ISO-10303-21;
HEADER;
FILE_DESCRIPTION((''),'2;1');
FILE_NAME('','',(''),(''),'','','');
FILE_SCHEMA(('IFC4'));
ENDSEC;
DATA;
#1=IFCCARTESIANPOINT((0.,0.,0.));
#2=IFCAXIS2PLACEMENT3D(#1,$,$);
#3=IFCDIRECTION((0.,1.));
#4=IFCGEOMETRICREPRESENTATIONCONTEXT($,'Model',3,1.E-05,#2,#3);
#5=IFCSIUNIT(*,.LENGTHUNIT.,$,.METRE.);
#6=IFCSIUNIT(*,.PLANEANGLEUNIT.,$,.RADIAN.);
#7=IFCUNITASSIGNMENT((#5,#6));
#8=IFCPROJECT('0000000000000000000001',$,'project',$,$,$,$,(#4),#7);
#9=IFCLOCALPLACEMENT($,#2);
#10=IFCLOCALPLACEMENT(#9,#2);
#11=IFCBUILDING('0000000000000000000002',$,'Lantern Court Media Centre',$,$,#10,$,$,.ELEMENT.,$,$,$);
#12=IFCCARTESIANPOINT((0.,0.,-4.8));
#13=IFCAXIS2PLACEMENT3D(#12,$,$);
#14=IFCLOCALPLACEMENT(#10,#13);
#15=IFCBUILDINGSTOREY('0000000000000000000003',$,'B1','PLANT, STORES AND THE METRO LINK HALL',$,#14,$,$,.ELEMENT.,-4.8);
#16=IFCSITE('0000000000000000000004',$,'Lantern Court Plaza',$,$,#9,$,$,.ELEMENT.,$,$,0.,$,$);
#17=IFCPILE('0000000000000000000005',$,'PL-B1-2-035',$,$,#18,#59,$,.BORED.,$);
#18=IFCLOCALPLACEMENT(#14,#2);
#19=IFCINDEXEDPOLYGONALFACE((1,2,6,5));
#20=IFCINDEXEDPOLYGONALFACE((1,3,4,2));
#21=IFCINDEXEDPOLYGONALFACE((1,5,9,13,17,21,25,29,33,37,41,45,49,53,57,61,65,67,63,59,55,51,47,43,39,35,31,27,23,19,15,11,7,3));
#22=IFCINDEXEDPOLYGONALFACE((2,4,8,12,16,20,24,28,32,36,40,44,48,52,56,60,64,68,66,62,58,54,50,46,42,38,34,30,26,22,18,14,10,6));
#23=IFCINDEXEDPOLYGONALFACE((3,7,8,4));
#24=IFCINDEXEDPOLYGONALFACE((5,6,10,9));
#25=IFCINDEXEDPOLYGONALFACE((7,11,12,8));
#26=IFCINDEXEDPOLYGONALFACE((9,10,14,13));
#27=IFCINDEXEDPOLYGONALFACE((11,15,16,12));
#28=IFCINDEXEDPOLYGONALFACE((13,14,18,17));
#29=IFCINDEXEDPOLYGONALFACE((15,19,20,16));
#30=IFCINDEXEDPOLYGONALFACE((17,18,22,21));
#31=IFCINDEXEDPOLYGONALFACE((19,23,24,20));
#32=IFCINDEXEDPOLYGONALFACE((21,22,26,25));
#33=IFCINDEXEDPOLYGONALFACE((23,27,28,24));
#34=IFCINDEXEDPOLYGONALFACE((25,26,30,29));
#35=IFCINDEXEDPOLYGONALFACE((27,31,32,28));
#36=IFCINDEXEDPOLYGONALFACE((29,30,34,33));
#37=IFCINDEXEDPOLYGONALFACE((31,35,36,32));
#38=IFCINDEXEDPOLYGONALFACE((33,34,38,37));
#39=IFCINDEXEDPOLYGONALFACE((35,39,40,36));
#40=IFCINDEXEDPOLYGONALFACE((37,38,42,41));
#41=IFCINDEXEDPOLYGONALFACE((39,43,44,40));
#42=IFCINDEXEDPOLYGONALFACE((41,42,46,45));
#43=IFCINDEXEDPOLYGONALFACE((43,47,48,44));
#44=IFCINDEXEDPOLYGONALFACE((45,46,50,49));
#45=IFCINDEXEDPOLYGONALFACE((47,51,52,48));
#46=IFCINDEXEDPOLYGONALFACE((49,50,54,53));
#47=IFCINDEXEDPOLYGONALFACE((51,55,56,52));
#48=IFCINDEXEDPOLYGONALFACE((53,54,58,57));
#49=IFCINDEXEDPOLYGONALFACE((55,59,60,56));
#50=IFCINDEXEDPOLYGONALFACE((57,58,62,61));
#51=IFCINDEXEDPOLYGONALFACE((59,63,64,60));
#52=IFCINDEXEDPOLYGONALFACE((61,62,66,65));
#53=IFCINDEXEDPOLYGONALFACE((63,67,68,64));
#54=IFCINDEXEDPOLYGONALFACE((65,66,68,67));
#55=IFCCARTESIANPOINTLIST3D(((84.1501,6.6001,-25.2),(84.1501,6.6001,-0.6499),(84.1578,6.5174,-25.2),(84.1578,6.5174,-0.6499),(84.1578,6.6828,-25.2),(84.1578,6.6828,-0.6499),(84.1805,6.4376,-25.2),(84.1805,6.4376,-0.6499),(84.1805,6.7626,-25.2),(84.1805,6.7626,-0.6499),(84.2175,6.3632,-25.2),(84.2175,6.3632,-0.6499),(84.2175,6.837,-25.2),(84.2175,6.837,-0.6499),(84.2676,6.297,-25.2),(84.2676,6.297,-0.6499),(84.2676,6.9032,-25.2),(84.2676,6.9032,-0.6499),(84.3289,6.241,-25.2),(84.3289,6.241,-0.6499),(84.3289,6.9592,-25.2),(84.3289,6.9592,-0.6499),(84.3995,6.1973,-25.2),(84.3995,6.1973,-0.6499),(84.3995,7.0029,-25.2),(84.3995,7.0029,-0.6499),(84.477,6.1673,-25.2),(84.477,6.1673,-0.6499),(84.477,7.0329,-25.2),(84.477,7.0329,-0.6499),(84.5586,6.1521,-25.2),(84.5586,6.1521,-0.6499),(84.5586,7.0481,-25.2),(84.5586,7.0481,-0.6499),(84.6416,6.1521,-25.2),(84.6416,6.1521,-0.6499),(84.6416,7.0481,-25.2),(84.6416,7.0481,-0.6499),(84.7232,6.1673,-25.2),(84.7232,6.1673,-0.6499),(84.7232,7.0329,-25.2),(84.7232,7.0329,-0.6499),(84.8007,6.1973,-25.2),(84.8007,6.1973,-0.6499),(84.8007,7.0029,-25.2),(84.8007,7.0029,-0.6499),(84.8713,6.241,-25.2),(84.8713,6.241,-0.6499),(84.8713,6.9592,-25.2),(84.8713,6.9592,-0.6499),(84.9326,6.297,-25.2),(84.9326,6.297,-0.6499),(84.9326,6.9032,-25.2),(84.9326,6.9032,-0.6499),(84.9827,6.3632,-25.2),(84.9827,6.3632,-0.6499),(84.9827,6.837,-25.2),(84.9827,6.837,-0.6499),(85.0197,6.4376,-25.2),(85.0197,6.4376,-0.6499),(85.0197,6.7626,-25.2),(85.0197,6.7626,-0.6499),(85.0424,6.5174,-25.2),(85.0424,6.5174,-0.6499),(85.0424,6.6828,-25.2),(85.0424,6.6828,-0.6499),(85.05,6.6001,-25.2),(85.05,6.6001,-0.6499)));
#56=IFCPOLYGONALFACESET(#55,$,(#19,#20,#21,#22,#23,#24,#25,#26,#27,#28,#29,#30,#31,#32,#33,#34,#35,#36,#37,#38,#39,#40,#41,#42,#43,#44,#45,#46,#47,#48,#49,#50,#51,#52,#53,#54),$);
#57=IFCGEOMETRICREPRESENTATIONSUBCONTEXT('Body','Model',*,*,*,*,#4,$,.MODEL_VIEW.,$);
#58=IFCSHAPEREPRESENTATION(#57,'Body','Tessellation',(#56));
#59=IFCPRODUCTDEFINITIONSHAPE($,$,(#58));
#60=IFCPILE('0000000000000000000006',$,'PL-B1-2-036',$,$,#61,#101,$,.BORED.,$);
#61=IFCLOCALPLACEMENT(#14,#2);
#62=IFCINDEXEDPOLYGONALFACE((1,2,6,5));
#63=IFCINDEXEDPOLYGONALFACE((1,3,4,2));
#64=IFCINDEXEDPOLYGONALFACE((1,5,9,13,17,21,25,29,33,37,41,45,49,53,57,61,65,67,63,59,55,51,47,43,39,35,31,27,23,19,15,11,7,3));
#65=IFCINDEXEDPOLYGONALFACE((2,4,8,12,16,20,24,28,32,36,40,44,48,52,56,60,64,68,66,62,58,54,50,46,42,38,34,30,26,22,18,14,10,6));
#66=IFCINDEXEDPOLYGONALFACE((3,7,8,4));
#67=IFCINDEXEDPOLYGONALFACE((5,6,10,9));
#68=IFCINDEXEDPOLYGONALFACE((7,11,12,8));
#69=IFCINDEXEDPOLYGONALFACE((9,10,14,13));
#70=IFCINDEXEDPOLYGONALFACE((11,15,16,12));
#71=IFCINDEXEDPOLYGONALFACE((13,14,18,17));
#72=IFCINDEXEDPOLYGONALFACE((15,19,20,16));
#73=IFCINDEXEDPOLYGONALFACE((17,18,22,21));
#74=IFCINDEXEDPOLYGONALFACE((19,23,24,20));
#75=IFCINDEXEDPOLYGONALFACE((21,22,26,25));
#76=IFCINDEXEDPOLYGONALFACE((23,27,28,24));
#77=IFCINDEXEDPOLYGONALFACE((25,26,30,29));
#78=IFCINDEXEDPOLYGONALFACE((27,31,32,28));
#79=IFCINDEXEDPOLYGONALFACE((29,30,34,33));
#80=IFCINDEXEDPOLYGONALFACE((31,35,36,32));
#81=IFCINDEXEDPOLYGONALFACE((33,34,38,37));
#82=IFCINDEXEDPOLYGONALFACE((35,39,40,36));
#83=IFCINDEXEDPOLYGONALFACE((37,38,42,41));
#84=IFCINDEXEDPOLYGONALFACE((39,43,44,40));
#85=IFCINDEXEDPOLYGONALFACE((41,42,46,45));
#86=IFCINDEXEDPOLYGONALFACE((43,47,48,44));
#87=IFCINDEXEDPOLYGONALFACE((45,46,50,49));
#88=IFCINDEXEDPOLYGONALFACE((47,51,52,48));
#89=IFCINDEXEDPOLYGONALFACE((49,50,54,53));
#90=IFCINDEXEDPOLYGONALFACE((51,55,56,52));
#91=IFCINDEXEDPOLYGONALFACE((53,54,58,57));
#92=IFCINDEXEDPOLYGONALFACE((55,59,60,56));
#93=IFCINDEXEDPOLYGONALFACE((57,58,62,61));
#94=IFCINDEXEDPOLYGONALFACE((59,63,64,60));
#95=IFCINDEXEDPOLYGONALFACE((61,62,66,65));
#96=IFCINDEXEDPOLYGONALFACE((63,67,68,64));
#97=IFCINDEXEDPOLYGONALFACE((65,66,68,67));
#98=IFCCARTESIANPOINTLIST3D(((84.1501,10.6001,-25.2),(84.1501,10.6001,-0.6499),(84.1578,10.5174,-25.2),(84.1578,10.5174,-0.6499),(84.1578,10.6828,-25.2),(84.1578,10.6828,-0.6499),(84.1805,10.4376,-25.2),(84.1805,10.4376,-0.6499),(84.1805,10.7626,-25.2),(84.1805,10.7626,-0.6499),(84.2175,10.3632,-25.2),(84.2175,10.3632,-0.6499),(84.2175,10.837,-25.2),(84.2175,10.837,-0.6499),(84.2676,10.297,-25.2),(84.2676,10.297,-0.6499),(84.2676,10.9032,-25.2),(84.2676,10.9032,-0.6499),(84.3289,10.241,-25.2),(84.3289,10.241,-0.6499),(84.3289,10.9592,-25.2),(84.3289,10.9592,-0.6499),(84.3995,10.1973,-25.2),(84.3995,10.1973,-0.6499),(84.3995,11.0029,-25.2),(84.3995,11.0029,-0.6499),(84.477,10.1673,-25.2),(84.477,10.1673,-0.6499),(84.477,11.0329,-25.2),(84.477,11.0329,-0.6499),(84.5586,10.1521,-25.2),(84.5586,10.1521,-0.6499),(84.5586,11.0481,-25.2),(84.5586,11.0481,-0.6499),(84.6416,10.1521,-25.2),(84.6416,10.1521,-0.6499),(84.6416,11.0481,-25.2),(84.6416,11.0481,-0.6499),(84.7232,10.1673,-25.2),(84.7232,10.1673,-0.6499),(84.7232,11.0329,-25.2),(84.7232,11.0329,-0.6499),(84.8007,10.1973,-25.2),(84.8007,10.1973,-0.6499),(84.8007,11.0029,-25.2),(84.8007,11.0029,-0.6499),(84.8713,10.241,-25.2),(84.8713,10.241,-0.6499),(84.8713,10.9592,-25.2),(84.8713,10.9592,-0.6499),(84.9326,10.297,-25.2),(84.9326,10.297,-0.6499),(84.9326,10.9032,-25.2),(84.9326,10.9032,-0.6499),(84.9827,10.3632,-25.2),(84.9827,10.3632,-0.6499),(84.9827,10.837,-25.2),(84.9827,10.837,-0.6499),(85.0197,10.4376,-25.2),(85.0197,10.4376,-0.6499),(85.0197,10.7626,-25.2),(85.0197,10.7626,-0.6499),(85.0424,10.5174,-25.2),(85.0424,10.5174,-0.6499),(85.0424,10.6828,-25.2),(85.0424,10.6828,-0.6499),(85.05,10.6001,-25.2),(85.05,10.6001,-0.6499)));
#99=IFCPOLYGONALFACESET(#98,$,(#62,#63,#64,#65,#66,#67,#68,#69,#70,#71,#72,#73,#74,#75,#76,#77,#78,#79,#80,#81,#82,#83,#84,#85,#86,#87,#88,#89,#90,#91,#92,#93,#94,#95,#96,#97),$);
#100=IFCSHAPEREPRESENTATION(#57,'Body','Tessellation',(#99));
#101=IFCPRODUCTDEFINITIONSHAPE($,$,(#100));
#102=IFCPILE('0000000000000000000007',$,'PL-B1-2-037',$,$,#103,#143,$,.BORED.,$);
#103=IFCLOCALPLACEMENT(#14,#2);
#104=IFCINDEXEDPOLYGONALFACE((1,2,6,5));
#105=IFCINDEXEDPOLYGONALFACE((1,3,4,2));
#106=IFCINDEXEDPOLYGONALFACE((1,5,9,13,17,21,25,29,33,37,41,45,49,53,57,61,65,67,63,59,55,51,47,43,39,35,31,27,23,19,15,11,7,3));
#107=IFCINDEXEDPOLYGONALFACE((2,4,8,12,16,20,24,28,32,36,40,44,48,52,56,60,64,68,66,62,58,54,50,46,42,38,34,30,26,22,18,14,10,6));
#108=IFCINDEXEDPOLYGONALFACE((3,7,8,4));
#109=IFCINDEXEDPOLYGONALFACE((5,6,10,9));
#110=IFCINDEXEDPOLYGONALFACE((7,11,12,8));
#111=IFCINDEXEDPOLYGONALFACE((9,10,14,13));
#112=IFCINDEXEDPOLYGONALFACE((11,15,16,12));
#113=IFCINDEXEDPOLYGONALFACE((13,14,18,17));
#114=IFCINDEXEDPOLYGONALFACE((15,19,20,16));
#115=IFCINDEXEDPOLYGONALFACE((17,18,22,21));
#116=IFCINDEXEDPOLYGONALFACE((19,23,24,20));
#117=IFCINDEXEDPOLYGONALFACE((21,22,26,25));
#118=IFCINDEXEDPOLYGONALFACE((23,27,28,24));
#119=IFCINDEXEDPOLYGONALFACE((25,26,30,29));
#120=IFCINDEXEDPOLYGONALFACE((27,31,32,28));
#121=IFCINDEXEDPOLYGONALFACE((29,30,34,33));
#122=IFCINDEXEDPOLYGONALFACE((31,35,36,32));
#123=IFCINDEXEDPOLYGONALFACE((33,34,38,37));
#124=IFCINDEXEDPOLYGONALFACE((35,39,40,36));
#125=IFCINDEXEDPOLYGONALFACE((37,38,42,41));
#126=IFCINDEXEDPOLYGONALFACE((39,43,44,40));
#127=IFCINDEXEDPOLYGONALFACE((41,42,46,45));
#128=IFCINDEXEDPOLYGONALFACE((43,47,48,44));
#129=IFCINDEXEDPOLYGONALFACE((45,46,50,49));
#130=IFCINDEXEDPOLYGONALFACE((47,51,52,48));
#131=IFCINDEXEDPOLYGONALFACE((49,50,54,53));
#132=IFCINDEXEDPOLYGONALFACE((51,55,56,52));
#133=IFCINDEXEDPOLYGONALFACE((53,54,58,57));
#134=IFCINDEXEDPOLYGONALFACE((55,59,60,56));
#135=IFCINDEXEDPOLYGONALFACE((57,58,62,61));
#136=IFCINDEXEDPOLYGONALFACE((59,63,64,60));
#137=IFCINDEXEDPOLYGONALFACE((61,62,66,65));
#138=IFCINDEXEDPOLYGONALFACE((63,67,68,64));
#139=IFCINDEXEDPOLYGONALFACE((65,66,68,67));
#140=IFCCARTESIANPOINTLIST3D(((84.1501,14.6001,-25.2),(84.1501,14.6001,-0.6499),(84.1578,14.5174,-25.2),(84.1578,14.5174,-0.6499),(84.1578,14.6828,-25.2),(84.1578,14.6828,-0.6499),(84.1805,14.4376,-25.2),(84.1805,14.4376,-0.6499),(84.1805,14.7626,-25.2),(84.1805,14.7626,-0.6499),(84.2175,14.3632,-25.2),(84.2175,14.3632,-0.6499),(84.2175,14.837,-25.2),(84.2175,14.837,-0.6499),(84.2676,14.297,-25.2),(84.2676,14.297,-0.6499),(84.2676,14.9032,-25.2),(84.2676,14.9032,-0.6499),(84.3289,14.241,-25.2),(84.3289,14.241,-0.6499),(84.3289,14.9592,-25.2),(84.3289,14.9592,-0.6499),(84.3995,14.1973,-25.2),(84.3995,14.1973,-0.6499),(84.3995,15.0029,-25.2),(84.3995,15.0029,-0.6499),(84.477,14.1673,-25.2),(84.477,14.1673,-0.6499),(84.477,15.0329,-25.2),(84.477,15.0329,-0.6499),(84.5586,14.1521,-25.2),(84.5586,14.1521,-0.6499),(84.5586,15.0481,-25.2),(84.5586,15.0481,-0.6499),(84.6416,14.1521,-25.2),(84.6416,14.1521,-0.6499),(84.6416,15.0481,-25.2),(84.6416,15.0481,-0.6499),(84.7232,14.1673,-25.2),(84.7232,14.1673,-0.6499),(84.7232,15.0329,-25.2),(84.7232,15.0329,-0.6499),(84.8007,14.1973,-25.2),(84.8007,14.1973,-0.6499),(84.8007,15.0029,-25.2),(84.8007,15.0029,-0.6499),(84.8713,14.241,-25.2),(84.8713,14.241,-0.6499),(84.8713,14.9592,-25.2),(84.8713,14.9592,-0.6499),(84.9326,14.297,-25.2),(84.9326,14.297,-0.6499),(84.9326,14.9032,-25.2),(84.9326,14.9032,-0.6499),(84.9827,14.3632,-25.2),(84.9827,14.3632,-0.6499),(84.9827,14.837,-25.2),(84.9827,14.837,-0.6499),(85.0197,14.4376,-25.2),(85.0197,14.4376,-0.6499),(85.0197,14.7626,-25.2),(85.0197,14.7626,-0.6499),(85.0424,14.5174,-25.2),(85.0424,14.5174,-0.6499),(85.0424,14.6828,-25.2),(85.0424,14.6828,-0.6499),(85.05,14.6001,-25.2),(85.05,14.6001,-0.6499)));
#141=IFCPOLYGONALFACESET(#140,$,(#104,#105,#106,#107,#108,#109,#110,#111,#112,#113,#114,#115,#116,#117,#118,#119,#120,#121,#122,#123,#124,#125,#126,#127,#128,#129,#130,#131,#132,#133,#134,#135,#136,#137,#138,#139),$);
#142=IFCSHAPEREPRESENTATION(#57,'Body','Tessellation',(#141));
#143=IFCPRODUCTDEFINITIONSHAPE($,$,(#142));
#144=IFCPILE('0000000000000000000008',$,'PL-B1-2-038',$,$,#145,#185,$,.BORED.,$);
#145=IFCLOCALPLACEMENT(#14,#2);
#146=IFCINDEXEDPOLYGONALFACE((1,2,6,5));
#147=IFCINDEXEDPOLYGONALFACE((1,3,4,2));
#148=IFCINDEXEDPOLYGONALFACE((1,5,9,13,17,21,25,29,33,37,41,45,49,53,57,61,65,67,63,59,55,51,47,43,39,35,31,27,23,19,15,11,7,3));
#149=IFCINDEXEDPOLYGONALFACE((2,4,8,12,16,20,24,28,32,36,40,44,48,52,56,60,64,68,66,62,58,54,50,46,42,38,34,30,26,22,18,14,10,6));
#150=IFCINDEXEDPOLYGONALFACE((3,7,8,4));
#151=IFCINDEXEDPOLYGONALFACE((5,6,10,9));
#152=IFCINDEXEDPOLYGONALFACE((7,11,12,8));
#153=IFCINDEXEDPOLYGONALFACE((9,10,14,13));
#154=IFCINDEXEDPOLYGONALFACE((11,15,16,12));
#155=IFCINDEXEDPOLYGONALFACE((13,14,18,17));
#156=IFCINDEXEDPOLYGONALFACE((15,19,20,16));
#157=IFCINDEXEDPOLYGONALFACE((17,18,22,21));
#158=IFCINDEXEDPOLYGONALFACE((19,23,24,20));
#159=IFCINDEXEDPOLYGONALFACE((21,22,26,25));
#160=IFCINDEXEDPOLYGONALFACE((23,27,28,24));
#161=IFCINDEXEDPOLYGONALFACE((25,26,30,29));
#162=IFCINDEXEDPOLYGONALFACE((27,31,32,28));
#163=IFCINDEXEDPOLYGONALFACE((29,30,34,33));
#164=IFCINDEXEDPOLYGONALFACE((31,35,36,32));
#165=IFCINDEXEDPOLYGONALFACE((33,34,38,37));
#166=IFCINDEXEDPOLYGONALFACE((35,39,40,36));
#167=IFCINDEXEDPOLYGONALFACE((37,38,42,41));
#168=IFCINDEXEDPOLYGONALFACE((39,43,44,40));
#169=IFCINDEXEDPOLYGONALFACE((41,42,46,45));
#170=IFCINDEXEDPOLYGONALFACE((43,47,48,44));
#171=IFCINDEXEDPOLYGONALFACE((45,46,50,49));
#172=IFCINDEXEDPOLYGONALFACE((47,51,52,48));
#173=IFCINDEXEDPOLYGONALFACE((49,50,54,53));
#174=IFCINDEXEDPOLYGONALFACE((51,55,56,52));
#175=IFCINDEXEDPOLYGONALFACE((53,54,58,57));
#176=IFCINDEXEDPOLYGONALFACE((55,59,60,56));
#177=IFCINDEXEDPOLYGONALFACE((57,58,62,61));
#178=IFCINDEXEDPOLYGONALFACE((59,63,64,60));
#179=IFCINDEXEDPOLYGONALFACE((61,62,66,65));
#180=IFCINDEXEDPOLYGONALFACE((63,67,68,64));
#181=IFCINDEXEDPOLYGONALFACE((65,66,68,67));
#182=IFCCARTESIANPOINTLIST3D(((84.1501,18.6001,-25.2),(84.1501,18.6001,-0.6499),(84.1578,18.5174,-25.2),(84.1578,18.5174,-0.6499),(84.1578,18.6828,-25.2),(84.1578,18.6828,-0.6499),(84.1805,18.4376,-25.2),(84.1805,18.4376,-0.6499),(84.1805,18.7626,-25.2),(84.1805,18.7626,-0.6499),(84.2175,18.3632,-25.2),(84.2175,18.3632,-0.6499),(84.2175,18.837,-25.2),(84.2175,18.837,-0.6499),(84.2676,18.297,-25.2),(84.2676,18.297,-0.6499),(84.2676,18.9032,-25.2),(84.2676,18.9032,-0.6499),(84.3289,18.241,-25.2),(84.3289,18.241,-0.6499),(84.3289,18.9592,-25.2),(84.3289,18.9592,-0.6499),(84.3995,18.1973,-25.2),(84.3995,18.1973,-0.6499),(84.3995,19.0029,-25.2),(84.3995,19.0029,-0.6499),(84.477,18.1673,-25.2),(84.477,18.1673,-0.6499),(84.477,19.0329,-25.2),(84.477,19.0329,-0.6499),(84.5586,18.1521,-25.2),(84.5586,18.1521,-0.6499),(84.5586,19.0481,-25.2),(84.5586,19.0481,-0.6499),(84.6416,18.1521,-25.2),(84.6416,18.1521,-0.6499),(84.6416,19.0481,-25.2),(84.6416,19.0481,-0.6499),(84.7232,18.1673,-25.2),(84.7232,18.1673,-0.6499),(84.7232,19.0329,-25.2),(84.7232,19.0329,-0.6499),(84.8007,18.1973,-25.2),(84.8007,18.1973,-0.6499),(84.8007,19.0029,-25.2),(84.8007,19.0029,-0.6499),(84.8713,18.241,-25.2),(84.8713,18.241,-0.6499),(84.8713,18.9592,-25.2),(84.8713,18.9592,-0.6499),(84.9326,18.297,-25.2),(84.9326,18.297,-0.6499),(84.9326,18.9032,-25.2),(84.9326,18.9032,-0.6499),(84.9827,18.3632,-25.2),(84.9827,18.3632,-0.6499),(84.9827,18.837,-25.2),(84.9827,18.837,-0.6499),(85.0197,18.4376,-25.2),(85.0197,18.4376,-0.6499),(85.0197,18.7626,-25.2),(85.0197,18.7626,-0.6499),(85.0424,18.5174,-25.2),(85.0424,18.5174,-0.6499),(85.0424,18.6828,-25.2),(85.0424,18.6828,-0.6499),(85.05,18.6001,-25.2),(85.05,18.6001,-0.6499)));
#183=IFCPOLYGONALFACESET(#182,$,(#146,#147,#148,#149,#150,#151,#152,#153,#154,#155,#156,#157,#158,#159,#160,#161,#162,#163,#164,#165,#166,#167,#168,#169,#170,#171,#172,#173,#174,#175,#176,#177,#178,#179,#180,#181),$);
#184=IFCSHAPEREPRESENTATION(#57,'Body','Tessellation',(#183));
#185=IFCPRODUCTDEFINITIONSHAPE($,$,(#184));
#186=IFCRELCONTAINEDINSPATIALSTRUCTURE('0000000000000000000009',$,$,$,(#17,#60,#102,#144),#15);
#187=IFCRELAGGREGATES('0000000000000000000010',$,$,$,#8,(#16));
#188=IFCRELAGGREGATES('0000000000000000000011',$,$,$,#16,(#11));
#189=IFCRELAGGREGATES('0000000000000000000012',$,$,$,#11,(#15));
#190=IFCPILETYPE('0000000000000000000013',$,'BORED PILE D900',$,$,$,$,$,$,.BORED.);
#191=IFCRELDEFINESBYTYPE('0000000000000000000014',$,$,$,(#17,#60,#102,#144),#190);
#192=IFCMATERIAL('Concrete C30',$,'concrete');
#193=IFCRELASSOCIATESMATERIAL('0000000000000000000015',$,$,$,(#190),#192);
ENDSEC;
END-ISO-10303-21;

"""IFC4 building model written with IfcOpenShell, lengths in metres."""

from ifc_helpers import new_model, si_unit, direction, frame, origin, origin_2d, place, context, subcontext, project, spatial, circle, extrude, material, material_profile, profile_set, type_object, element, save


model = new_model("IFC4")

# Units and contexts
model_context = context("Model", 3, precision=1e-05, world=origin(), true_north=direction((0.0, 1.0)))
body_context = subcontext(model_context, "Body", "Model", "MODEL_VIEW")
ifc_project = project(units=[si_unit("LENGTHUNIT", "METRE"), si_unit("PLANEANGLEUNIT", "RADIAN")], contexts=[model_context])

# Site, building, storey
site_placement = place(None, origin())
site = spatial("IfcSite", under=ifc_project, at=site_placement, Name="Lantern Court Plaza", CompositionType="ELEMENT", RefElevation=0.0)
building_placement = place(site_placement, origin())
building = spatial("IfcBuilding", under=site, at=building_placement, Name="Lantern Court Media Centre", CompositionType="ELEMENT")
storey_placement = place(building_placement, frame((0.0, 0.0, -4.8)))
storey = spatial("IfcBuildingStorey", under=building, at=storey_placement, Name="B1", Description="PLANT, STORES AND THE METRO LINK HALL", CompositionType="ELEMENT", Elevation=-4.8)

# Piles
ifc_material_1 = material(Name="Concrete C30", Category="concrete")
ifc_material_profile_1 = material_profile(ifc_material_1, circle(Radius=0.45, at=origin_2d()), Name="D900")
ifc_profile_set_1 = profile_set([ifc_material_profile_1], Name="Concrete C30")
pile_type = type_object("IfcPileType", Name="BORED PILE D900", PredefinedType="BORED", material=ifc_profile_set_1)
for number, where, z_axis, x_axis, name in (
    (1, (84.6001, 6.6001, -0.6499), (0.0, 0.0, -1.0), (1.0, 0.0, 0.0), "PL-B1-2-035"),
    (2, (84.6001, 10.6001, -0.6499), (0.0, 0.0, -1.0), (1.0, 0.0, 0.0), "PL-B1-2-036"),
    (3, (84.6001, 14.6001, -0.6499), (0.0, 0.0, -1.0), (1.0, 0.0, 0.0), "PL-B1-2-037"),
    (4, (84.6001, 18.6001, -0.6499), (0.0, 0.0, -1.0), (1.0, 0.0, 0.0), "PL-B1-2-038"),
):
    element("IfcPile", number, at=place(storey_placement, frame(where, z_axis=z_axis, x_axis=x_axis)), inside=storey, type_object=pile_type, Name=name, PredefinedType="BORED", context=body_context, shape_type="SweptSolid", body=[
        extrude(circle(Radius=0.45, at=origin_2d()), origin(), (0.0, 0.0, 1.0), 24.55),
    ])

save(model, "model.ifc")
